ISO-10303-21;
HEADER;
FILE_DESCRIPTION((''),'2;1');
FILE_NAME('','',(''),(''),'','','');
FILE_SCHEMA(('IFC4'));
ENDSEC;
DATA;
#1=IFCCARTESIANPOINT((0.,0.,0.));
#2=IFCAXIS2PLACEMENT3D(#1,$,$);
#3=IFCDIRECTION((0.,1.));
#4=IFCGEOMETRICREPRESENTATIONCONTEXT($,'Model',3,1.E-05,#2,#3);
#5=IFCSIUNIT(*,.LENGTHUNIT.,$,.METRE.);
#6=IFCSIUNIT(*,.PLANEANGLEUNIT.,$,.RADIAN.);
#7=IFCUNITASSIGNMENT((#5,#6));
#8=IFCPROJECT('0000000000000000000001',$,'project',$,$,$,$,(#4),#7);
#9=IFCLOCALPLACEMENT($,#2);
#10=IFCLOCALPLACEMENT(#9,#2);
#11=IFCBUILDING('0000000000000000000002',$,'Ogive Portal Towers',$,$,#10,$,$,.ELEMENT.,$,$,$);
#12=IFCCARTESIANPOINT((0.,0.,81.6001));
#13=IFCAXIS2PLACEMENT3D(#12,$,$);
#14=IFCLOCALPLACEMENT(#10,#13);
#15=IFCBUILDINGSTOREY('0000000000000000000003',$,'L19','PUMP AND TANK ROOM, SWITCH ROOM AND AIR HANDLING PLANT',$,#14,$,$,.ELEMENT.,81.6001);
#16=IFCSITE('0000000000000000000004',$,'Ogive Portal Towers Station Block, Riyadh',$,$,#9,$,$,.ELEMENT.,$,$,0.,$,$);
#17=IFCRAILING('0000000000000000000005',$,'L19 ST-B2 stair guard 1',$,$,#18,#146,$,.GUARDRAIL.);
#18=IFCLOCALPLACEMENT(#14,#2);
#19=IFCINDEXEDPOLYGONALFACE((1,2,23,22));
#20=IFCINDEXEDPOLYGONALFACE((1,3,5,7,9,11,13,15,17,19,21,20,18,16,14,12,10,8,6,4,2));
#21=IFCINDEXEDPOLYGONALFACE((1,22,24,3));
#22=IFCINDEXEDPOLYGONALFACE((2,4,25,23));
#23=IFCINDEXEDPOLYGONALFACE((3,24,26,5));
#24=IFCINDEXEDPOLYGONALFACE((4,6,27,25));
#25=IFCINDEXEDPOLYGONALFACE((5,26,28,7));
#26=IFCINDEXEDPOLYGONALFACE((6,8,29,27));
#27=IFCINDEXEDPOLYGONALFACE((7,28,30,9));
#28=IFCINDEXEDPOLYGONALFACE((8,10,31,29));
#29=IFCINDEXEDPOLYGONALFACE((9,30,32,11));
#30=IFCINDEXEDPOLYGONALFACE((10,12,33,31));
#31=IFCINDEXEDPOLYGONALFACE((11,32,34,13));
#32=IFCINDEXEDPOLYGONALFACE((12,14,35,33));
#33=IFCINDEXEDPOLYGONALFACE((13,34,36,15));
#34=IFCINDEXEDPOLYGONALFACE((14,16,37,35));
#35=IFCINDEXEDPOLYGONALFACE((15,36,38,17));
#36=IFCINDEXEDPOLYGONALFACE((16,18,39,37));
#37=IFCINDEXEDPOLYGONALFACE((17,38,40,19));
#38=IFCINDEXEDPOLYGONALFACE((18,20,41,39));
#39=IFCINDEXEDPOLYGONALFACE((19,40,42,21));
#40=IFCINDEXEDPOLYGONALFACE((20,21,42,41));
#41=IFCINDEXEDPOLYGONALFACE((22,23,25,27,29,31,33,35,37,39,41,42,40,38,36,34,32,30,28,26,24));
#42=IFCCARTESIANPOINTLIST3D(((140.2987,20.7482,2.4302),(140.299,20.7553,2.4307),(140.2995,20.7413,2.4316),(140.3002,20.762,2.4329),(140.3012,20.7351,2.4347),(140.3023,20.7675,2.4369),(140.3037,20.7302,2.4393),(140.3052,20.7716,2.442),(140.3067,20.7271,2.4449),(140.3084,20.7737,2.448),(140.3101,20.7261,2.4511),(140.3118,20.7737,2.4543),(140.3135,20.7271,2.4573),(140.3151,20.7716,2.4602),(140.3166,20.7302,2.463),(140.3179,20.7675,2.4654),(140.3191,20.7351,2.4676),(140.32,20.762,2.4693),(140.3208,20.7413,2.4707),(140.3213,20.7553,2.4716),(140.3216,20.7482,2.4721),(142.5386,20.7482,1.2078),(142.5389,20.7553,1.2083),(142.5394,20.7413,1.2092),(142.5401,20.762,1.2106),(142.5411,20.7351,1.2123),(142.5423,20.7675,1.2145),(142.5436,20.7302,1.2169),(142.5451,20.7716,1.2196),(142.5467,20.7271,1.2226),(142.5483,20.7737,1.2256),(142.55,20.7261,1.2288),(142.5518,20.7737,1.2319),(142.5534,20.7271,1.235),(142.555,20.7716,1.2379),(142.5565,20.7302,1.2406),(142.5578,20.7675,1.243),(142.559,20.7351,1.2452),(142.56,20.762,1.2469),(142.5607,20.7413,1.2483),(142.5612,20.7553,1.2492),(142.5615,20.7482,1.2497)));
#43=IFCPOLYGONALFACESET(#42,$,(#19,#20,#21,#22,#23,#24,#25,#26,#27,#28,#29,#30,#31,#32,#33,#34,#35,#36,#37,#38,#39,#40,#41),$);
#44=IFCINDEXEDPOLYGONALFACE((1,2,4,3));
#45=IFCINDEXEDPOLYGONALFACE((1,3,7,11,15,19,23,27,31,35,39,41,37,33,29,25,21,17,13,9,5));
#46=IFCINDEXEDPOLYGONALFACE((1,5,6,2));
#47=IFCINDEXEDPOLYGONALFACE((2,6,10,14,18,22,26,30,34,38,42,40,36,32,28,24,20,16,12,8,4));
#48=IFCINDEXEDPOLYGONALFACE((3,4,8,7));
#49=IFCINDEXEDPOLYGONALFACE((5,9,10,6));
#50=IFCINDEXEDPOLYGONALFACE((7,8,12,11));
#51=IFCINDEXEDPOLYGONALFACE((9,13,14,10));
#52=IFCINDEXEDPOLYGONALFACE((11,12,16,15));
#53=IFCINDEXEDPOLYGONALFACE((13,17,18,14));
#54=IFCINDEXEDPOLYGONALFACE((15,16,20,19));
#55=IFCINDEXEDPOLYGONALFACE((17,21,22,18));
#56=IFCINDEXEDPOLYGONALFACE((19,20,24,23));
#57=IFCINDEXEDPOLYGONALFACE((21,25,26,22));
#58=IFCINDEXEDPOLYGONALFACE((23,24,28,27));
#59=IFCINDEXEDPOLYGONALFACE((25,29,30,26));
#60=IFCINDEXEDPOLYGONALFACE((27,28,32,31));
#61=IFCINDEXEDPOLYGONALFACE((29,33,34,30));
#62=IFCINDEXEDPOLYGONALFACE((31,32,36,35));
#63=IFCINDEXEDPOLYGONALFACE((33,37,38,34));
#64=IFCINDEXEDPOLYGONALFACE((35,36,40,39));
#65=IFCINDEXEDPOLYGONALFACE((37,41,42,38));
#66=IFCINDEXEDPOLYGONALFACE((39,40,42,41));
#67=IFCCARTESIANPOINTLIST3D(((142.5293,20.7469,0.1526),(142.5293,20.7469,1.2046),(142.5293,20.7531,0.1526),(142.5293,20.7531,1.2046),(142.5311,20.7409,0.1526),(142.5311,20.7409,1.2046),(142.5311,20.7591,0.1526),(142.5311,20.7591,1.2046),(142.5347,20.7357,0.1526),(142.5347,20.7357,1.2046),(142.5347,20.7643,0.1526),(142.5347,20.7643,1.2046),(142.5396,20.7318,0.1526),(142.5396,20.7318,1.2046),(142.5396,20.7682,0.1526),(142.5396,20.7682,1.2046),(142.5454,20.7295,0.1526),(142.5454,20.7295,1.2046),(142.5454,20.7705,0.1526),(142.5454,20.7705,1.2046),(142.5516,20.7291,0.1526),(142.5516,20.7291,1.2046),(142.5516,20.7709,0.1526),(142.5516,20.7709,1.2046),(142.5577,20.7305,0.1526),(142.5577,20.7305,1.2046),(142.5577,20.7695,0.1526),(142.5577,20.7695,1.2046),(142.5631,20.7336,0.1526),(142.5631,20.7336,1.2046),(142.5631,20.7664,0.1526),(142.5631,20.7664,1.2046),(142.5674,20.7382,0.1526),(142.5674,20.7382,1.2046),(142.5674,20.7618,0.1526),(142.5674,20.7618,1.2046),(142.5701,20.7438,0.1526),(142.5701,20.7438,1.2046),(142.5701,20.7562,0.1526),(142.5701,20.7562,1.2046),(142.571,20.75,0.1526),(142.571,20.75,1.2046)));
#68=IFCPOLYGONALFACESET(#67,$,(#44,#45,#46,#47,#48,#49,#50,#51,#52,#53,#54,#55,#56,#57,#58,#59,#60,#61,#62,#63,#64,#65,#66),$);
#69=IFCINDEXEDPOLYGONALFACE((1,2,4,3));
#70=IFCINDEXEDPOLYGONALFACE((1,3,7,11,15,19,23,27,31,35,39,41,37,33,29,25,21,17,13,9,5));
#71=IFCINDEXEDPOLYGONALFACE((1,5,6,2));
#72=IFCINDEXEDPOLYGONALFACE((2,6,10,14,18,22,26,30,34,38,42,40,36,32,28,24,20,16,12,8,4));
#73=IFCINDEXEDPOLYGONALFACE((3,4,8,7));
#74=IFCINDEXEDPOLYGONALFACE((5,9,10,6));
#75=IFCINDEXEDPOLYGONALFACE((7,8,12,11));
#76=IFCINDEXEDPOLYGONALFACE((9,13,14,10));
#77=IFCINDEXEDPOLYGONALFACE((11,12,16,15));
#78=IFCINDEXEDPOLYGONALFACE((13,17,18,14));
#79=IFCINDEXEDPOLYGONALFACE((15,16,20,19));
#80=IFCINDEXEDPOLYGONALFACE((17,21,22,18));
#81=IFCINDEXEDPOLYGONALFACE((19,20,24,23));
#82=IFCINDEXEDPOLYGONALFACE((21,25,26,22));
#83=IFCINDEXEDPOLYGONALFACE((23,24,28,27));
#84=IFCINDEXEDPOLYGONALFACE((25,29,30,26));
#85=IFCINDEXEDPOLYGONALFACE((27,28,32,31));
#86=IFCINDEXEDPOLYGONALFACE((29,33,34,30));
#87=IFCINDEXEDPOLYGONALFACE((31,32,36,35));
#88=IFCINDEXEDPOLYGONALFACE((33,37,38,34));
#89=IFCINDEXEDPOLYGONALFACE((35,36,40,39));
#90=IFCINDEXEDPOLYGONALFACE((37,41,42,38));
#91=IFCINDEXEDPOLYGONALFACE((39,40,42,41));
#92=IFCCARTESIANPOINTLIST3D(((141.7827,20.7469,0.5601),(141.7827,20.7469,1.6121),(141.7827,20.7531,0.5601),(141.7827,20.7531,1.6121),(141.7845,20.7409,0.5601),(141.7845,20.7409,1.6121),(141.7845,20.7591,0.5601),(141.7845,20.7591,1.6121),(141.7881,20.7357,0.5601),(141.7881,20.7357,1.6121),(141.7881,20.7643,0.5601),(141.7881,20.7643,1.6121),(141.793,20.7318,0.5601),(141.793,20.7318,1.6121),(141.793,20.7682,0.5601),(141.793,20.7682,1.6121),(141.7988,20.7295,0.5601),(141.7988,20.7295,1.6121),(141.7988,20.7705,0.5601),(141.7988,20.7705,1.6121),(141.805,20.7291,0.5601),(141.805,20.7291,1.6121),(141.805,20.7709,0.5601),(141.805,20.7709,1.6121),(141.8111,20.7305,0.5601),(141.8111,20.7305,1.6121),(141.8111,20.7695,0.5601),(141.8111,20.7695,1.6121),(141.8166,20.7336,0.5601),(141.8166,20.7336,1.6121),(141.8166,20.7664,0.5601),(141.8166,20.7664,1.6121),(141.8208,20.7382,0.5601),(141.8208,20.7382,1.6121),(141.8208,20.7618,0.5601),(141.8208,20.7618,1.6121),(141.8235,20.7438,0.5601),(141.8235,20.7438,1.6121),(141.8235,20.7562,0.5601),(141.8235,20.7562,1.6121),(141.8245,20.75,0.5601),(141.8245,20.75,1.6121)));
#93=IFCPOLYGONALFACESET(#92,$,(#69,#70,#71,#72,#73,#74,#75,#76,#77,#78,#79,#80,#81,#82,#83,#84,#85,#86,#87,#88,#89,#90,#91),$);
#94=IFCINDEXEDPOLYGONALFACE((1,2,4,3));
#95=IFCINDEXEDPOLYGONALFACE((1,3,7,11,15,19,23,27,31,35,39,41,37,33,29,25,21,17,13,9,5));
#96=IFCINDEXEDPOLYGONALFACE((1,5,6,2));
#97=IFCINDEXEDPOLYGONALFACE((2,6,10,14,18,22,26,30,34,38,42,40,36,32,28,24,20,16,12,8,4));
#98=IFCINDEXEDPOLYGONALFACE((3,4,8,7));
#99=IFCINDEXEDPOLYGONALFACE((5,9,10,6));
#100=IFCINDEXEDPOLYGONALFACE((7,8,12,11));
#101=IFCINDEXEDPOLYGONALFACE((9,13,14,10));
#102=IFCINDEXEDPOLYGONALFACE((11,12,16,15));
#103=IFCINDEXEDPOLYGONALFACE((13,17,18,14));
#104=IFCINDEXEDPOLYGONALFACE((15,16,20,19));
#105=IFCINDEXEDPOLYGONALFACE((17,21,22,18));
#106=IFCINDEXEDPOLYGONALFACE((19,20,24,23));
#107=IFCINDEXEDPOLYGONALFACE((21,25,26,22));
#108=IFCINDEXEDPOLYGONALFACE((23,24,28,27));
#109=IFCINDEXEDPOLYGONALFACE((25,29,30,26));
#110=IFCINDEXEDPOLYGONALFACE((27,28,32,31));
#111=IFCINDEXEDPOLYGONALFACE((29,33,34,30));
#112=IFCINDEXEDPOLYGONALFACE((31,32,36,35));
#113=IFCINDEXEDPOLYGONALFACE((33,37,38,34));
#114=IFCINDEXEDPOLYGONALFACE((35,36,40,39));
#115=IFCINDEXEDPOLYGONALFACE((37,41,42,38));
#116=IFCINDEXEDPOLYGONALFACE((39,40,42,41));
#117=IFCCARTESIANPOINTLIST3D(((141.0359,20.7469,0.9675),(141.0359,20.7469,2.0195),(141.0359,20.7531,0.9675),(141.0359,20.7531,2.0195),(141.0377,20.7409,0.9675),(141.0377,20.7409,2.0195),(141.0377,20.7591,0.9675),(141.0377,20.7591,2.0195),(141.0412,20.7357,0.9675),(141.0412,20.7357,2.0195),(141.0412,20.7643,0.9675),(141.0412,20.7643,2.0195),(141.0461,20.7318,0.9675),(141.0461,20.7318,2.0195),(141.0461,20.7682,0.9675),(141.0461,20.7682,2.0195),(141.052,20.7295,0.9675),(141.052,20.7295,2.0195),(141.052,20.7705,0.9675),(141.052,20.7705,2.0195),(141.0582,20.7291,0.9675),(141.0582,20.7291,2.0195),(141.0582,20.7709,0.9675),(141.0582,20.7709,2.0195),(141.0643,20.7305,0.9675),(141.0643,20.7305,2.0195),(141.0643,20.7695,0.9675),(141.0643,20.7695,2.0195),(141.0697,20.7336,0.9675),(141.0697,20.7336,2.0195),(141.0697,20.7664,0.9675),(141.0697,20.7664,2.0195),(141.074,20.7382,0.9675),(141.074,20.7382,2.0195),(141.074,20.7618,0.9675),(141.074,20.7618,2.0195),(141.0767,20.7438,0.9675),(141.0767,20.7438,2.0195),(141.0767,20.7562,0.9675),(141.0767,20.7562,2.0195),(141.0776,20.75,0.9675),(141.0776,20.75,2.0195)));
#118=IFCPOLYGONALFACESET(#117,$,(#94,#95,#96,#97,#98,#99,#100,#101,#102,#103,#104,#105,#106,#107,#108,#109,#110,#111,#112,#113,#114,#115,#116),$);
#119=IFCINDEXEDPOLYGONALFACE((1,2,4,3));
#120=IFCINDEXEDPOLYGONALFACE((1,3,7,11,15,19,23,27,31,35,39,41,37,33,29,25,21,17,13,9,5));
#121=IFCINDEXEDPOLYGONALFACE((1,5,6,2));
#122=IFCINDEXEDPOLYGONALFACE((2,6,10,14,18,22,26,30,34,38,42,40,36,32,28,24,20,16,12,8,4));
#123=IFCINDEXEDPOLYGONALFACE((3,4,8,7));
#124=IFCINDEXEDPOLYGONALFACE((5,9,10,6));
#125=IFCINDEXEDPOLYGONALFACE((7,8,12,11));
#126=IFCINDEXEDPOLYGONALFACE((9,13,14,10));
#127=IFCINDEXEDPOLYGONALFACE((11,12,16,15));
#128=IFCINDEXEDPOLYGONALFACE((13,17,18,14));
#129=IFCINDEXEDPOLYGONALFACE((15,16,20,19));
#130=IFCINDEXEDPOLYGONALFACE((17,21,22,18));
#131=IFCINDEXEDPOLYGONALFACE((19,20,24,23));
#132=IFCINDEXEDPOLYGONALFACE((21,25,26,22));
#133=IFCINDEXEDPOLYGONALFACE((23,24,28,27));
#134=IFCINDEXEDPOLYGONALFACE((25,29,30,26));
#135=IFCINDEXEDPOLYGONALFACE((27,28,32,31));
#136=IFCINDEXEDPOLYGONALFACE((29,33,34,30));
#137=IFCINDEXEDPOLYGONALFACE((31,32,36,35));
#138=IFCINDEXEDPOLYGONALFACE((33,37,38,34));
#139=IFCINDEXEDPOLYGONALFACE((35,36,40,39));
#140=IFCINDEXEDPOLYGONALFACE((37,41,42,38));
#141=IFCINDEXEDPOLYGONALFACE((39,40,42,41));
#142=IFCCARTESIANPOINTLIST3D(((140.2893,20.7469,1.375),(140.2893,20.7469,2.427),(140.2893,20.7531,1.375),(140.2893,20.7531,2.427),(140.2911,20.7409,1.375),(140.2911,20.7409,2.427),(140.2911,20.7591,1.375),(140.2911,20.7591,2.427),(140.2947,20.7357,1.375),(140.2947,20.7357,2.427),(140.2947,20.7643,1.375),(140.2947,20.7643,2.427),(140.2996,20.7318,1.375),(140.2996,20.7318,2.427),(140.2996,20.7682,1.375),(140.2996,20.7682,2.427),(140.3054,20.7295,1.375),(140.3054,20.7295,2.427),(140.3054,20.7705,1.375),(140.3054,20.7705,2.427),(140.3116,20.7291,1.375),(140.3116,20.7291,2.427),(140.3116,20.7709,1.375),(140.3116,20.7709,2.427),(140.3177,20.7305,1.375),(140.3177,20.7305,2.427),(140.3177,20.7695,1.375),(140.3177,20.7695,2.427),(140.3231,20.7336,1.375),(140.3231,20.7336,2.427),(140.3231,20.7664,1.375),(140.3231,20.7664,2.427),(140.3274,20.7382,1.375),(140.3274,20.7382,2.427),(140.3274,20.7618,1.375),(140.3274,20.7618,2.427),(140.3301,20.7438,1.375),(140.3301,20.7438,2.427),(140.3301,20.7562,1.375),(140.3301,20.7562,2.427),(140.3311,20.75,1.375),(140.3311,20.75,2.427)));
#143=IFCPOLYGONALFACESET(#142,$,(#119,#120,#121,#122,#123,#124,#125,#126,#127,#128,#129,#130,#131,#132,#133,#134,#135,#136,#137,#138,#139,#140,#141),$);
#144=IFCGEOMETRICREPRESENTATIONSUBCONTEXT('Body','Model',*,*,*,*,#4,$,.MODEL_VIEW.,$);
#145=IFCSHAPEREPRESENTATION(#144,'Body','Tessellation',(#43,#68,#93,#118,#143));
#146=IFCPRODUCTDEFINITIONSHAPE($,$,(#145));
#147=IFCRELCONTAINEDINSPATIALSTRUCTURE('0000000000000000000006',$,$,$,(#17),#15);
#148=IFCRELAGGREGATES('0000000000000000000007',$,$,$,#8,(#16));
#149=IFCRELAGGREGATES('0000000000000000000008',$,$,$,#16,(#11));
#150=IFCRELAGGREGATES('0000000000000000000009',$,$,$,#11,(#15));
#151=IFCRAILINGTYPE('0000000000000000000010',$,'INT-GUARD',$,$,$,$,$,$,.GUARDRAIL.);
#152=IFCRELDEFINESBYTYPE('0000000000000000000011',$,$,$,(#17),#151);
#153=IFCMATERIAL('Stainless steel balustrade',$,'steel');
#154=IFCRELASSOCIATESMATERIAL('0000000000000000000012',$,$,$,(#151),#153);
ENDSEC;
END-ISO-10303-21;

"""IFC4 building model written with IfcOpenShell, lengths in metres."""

from ifc_helpers import new_model, si_unit, direction, frame, origin, origin_2d, place, context, subcontext, project, spatial, circle, extrude, material, type_object, element, save


model = new_model("IFC4")

# Units and contexts
model_context = context("Model", 3, precision=1e-05, world=origin(), true_north=direction((0.0, 1.0)))
body_context = subcontext(model_context, "Body", "Model", "MODEL_VIEW")
ifc_project = project(units=[si_unit("LENGTHUNIT", "METRE"), si_unit("PLANEANGLEUNIT", "RADIAN")], contexts=[model_context])

# Site, building, storey
site_placement = place(None, origin())
site = spatial("IfcSite", under=ifc_project, at=site_placement, Name="Ogive Portal Towers Station Block, Riyadh", CompositionType="ELEMENT", RefElevation=0.0)
building_placement = place(site_placement, origin())
building = spatial("IfcBuilding", under=site, at=building_placement, Name="Ogive Portal Towers", CompositionType="ELEMENT")
storey_placement = place(building_placement, frame((0.0, 0.0, 81.6001)))
storey = spatial("IfcBuildingStorey", under=building, at=storey_placement, Name="L19", Description="PUMP AND TANK ROOM, SWITCH ROOM AND AIR HANDLING PLANT", CompositionType="ELEMENT", Elevation=81.6001)

# Railing
ifc_material_1 = material(Name="Stainless steel balustrade", Category="steel")
railing_type_1 = type_object("IfcRailingType", Name="INT-GUARD", PredefinedType="GUARDRAIL", material=ifc_material_1)
railing_1_placement = place(storey_placement, frame((142.55, 20.75, 0.1526)))
element("IfcRailing", 1, at=railing_1_placement, inside=storey, type_object=railing_type_1, Name="L19 ST-B2 stair guard 1", PredefinedType="GUARDRAIL", context=body_context, shape_type="SweptSolid", body=[
    extrude(circle(Radius=0.0239, at=origin_2d()), frame((0.0, 0.0, 1.0762), z_axis=(-0.877797, 0.0, 0.479033), x_axis=(0.0, -1.0, 0.0)), (0.0, 0.0, 1.0), 2.5518),
    extrude(circle(Radius=0.021, at=origin_2d()), origin(), (0.0, 0.0, 1.0), 1.052),
    extrude(circle(Radius=0.021, at=origin_2d()), frame((-0.7466, 0.0, 0.4075)), (0.0, 0.0, 1.0), 1.052),
    extrude(circle(Radius=0.021, at=origin_2d()), frame((-1.4934, 0.0, 0.8149)), (0.0, 0.0, 1.0), 1.052),
    extrude(circle(Radius=0.021, at=origin_2d()), frame((-2.24, 0.0, 1.2224)), (0.0, 0.0, 1.0), 1.052),
])

save(model, "model.ifc")
